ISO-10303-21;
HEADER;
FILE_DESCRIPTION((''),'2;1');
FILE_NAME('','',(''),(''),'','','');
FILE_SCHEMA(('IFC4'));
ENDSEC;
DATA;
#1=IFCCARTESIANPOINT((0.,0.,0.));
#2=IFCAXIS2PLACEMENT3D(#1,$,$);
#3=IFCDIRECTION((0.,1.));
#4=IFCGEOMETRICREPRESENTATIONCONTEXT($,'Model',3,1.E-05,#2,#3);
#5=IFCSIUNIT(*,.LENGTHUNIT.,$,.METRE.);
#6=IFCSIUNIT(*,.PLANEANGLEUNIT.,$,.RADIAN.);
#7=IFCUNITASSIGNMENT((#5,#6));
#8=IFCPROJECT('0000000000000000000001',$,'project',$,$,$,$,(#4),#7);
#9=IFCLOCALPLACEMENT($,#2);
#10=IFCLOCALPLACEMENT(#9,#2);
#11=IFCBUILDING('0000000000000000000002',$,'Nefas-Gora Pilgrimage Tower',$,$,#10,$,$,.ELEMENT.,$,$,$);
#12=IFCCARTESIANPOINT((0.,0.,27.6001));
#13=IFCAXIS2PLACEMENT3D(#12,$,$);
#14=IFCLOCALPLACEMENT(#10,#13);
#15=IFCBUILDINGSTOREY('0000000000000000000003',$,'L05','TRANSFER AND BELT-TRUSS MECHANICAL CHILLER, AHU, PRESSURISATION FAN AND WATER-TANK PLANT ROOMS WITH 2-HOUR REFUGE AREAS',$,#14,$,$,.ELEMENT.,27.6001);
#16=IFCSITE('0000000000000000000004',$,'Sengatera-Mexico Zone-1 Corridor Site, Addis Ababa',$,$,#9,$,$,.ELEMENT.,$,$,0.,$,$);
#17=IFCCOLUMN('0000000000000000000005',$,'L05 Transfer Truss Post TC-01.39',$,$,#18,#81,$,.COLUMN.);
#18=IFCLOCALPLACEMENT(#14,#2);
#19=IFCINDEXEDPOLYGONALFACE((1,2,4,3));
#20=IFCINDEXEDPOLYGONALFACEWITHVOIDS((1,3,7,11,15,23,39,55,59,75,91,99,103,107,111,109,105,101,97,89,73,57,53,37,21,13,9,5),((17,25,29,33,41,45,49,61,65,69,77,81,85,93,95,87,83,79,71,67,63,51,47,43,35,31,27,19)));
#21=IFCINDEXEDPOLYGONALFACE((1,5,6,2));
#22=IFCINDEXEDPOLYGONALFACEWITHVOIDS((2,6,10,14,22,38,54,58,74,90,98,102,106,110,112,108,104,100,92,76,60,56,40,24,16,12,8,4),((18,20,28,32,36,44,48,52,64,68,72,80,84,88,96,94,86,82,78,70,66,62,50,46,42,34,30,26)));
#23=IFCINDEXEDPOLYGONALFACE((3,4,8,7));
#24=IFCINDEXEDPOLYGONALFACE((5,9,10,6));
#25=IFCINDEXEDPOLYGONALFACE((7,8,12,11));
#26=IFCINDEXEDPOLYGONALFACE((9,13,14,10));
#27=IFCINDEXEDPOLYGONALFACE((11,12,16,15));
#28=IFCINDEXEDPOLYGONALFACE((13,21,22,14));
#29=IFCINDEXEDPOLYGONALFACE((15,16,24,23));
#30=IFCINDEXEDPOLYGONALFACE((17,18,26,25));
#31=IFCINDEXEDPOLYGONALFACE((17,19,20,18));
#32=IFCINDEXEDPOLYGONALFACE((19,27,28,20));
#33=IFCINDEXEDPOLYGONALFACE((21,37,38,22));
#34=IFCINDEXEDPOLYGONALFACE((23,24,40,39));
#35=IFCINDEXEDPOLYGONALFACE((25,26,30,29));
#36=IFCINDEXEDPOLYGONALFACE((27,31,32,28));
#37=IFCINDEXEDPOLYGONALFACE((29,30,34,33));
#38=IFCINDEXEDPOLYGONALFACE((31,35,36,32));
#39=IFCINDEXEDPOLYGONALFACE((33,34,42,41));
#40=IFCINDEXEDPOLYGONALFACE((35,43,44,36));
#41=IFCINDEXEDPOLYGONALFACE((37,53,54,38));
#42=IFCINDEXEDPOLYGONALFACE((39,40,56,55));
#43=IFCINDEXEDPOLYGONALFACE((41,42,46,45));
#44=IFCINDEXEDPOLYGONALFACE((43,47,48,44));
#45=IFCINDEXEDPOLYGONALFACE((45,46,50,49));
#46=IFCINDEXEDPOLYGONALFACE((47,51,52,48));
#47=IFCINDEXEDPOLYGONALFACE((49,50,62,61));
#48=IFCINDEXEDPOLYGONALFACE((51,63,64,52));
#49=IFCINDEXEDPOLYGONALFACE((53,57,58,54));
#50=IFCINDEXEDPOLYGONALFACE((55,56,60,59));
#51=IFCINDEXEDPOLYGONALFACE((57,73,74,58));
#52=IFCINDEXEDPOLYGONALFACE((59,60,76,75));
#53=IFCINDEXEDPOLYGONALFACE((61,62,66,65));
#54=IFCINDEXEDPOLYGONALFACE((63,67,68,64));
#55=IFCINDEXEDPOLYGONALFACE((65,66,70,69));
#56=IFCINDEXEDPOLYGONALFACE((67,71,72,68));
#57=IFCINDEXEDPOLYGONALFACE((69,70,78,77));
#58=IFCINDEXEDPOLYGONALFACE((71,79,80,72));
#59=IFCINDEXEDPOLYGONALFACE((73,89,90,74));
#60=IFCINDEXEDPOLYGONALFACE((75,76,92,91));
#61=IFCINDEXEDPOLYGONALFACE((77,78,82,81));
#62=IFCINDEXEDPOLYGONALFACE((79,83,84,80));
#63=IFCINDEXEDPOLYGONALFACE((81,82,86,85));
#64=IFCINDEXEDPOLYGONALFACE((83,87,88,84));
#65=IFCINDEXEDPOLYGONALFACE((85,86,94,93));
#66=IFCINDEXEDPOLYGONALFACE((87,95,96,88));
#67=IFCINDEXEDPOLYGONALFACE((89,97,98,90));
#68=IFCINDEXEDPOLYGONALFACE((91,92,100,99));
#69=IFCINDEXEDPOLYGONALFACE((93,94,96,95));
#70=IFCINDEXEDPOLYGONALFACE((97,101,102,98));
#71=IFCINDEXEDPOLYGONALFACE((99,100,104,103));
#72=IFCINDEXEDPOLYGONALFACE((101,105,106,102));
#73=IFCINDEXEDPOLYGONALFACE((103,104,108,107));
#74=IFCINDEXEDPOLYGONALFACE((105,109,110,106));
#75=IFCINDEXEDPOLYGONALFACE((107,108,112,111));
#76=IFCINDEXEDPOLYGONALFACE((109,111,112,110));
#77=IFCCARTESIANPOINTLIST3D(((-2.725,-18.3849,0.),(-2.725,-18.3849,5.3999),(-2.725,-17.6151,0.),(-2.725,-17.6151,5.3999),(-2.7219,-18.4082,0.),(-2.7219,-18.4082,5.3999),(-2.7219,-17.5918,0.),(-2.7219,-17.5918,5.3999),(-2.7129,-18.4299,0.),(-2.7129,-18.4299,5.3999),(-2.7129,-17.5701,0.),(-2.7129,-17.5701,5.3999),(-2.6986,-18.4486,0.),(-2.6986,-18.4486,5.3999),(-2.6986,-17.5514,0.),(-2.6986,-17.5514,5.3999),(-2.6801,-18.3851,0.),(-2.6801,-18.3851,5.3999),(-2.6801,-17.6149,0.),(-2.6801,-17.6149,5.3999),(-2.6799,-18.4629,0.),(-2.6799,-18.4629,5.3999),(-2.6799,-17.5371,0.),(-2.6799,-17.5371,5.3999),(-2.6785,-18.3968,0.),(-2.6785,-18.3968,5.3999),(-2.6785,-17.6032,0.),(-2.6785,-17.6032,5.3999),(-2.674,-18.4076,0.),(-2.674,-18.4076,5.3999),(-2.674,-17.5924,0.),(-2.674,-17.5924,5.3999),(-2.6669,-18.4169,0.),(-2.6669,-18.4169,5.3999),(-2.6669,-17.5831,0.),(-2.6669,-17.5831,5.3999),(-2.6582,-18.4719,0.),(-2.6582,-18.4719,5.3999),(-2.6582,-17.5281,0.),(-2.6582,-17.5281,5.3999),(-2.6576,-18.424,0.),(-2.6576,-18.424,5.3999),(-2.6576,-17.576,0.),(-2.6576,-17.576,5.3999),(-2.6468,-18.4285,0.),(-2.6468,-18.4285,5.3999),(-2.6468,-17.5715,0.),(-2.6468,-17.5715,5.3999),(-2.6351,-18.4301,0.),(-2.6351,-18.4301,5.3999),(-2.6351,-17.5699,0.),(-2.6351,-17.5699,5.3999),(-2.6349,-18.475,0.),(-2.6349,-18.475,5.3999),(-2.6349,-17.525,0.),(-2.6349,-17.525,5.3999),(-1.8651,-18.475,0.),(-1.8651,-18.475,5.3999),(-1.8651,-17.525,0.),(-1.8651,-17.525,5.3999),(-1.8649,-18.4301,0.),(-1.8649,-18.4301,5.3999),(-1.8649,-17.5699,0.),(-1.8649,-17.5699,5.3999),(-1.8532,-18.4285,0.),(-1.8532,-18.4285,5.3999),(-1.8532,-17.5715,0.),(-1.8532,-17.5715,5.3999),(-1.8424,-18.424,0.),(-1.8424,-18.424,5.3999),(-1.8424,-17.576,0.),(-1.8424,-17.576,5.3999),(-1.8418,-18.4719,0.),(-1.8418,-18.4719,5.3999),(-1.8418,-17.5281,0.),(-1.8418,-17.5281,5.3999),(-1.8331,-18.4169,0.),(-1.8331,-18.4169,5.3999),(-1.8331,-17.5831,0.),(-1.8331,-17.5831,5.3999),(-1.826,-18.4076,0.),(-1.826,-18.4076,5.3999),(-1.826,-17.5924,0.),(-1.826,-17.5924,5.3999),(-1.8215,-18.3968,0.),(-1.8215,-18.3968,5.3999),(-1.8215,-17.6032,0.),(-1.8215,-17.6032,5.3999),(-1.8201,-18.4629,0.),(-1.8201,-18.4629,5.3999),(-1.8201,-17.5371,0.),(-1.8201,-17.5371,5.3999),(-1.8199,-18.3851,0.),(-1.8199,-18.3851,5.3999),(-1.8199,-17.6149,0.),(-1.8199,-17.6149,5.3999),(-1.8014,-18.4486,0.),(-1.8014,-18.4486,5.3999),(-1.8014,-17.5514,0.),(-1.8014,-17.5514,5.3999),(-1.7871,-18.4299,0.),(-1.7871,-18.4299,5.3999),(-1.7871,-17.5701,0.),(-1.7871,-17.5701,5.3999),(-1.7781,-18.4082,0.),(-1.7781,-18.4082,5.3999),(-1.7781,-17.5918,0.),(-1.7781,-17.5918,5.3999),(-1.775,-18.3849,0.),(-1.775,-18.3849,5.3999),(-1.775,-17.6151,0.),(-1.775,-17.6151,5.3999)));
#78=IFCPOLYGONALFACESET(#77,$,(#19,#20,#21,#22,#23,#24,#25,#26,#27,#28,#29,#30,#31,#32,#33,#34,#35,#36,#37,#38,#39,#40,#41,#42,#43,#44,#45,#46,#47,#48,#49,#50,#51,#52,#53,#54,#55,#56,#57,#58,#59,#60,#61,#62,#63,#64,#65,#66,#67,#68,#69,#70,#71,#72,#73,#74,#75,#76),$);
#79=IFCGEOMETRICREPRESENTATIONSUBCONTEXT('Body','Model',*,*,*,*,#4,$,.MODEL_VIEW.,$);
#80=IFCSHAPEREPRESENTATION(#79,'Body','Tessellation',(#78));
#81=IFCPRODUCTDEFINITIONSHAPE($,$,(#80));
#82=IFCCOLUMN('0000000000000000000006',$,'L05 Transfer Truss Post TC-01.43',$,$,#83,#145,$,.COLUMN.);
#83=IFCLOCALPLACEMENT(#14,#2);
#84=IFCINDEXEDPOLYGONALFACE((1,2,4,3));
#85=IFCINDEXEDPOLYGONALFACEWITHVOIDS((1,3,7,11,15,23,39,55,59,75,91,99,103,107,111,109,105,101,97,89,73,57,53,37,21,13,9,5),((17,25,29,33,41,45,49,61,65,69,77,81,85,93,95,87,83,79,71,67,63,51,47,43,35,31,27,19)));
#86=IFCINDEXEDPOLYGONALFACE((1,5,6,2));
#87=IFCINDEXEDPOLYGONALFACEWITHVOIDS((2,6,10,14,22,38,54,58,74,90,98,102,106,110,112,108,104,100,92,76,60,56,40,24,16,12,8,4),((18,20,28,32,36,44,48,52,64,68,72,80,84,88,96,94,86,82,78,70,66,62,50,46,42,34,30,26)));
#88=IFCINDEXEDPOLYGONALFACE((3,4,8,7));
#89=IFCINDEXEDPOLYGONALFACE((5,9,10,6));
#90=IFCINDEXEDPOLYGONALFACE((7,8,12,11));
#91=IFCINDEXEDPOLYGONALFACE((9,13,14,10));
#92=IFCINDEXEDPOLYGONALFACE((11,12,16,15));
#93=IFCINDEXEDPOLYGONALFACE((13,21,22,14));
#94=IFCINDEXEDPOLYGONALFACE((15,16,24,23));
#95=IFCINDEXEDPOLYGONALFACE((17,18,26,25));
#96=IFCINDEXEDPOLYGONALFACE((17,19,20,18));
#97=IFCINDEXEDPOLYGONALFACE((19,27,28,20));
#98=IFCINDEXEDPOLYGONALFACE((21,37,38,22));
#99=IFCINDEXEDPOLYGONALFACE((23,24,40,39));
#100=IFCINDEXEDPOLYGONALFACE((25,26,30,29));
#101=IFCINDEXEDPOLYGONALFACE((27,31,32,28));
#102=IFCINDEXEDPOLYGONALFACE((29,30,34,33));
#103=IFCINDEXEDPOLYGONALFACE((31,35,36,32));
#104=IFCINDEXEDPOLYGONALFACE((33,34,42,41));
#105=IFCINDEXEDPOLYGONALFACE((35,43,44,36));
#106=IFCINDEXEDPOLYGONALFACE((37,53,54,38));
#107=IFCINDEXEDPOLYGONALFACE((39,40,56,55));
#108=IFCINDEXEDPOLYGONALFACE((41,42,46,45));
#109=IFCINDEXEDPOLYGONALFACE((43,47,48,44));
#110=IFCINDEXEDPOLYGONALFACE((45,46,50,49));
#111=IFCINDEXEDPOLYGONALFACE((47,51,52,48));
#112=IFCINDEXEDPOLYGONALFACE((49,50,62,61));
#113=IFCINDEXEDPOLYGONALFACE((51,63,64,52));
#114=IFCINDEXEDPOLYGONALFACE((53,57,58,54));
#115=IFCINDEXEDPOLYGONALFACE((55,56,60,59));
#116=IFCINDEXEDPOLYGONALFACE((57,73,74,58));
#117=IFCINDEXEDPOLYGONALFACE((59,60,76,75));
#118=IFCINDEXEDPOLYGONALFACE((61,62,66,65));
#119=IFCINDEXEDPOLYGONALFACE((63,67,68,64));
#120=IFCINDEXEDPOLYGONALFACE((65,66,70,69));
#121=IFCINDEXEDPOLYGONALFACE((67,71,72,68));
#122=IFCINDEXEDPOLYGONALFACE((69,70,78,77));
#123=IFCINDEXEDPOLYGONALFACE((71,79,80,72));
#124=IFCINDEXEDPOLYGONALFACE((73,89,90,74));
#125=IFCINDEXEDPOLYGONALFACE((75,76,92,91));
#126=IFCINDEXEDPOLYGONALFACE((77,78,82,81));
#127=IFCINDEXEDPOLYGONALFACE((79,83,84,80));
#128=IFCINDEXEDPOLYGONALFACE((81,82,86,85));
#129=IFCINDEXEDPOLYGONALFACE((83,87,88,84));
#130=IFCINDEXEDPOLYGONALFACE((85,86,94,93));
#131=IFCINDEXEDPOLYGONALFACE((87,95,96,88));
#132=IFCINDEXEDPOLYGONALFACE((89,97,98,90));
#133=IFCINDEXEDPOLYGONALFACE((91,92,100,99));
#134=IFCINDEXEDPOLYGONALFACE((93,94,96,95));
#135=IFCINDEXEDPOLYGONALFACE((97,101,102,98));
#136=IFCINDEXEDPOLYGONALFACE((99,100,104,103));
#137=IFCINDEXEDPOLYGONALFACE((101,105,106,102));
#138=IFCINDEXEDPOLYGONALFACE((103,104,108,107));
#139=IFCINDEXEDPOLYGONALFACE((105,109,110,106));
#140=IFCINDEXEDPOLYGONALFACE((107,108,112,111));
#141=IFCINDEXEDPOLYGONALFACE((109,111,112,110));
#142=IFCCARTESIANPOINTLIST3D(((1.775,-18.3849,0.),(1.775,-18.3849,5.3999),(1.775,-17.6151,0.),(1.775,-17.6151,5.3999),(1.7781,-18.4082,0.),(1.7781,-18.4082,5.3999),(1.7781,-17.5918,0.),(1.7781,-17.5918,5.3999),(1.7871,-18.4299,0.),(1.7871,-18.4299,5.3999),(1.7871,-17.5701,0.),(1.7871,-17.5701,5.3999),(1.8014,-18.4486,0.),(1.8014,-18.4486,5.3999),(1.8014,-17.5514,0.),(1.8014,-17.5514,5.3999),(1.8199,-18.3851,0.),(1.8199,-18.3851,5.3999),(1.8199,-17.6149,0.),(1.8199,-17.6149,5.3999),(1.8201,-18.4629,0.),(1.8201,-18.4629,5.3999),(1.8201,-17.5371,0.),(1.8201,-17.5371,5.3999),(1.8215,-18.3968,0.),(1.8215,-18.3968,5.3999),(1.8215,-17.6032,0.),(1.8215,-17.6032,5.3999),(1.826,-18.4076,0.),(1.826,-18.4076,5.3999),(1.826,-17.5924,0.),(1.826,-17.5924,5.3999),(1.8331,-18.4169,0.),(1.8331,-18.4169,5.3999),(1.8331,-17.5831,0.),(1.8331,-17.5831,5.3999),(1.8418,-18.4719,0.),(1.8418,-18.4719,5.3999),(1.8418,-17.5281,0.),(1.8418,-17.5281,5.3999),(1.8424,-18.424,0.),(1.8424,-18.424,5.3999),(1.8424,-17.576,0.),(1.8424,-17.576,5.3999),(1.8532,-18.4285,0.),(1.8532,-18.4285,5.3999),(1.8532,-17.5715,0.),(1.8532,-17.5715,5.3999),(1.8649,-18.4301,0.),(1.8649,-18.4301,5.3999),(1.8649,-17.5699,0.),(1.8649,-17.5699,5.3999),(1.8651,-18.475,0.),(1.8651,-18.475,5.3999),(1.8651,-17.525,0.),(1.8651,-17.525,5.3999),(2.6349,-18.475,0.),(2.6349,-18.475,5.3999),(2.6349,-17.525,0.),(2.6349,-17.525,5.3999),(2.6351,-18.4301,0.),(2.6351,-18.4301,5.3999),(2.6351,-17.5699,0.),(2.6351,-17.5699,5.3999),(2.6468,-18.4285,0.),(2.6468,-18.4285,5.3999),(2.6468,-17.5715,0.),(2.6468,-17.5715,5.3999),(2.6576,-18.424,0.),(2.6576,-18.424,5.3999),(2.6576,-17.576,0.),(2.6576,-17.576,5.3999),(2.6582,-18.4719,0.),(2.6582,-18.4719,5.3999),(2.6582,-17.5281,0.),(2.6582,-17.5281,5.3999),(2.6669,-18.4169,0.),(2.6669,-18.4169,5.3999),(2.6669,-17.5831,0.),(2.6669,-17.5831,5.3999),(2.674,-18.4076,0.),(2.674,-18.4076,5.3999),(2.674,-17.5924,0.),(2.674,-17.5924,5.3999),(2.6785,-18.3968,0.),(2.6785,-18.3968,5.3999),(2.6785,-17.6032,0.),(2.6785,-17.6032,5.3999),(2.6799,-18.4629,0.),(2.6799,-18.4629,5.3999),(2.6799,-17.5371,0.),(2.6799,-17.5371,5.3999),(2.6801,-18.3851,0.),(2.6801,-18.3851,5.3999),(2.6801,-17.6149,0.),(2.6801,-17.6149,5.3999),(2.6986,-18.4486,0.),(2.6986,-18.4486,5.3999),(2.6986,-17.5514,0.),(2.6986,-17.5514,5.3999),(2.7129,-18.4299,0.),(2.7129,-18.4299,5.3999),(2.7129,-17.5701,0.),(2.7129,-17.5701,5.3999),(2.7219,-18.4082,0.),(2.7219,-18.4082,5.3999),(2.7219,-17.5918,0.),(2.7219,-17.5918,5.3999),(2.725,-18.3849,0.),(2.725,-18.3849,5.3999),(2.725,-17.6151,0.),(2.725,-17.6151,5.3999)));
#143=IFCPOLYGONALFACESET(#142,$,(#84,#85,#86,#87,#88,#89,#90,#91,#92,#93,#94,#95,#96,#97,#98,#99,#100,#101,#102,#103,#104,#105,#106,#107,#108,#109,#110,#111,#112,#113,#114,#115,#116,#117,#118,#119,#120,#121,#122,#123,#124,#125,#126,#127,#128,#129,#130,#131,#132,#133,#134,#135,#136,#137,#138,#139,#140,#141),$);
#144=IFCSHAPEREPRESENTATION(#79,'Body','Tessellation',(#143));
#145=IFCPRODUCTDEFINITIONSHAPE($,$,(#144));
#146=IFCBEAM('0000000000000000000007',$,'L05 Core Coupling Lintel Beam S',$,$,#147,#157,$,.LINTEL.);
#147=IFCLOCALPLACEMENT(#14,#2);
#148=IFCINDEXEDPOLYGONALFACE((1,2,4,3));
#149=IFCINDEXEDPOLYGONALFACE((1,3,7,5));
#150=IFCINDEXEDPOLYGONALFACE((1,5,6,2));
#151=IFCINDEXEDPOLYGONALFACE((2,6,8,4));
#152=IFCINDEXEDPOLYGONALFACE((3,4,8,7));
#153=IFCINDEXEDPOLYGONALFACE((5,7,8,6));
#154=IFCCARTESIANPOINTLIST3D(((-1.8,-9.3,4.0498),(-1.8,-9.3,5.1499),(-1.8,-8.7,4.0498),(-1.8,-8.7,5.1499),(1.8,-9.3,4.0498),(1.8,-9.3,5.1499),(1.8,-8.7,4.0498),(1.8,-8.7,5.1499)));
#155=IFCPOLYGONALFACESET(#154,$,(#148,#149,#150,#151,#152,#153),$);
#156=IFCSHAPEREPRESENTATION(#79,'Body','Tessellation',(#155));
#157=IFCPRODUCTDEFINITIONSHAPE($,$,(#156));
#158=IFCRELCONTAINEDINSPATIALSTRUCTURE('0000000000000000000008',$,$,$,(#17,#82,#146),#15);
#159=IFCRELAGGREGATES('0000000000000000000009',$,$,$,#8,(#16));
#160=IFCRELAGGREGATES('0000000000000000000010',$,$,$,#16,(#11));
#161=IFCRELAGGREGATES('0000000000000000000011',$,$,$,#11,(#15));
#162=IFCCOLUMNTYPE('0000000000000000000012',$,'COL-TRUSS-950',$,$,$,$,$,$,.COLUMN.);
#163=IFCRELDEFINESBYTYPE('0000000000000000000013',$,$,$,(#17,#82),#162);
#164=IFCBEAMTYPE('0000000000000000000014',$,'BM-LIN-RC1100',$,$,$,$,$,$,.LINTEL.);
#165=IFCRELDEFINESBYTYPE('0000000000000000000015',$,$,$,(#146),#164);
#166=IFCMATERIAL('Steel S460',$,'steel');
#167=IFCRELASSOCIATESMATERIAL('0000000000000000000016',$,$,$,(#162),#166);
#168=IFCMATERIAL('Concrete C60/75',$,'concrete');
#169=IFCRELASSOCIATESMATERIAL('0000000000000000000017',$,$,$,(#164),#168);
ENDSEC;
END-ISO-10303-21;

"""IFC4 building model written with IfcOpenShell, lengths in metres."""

from ifc_helpers import new_model, si_unit, direction, frame, origin, origin_2d, place, context, subcontext, project, spatial, rectangle, hollow_rectangle, extrude, source, transform, mapped, material, material_profile, profile_set, type_object, element, save


model = new_model("IFC4")

# Units and contexts
model_context = context("Model", 3, precision=1e-05, world=origin(), true_north=direction((0.0, 1.0)))
body_context = subcontext(model_context, "Body", "Model", "MODEL_VIEW")
ifc_project = project(units=[si_unit("LENGTHUNIT", "METRE"), si_unit("PLANEANGLEUNIT", "RADIAN")], contexts=[model_context])

# Site, building, storey
site_placement = place(None, origin())
site = spatial("IfcSite", under=ifc_project, at=site_placement, Name="Sengatera-Mexico Zone-1 Corridor Site, Addis Ababa", CompositionType="ELEMENT", RefElevation=0.0)
building_placement = place(site_placement, origin())
building = spatial("IfcBuilding", under=site, at=building_placement, Name="Nefas-Gora Pilgrimage Tower", CompositionType="ELEMENT")
storey_placement = place(building_placement, frame((0.0, 0.0, 27.6001)))
storey = spatial("IfcBuildingStorey", under=building, at=storey_placement, Name="L05", Description="TRANSFER AND BELT-TRUSS MECHANICAL CHILLER, AHU, PRESSURISATION FAN AND WATER-TANK PLANT ROOMS WITH 2-HOUR REFUGE AREAS", CompositionType="ELEMENT", Elevation=27.6001)

# Columns
ifc_material_1 = material(Name="Steel S460", Category="steel")
ifc_material_profile_1 = material_profile(ifc_material_1, hollow_rectangle(XDim=0.95, YDim=0.95, WallThickness=0.0449, InnerFilletRadius=0.0449, OuterFilletRadius=0.0901, at=origin_2d()), Name="BOX 950x950x45")
ifc_profile_set_1 = profile_set([ifc_material_profile_1], Name="Steel S460")
column_type = type_object("IfcColumnType", Name="COL-TRUSS-950", PredefinedType="COLUMN", material=ifc_profile_set_1)
shared_shape_1 = source(origin(), body_context, "Body", "SweptSolid", [
    extrude(hollow_rectangle(XDim=0.95, YDim=0.95, WallThickness=0.0449, InnerFilletRadius=0.0449, OuterFilletRadius=0.0901, at=origin_2d()), origin(), (0.0, 0.0, 1.0), 5.3999),
])
for number, where, z_axis, x_axis, name in (
    (1, (-2.25, -18.0, 0.0), (0.0, 0.0, 1.0), (1.0, 0.0, 0.0), "L05 Transfer Truss Post TC-01.39"),
    (2, (2.25, -18.0, 0.0), (0.0, 0.0, 1.0), (1.0, 0.0, 0.0), "L05 Transfer Truss Post TC-01.43"),
):
    element("IfcColumn", number, at=place(storey_placement, frame(where, z_axis=z_axis, x_axis=x_axis)), inside=storey, type_object=column_type, Name=name, PredefinedType="COLUMN", context=body_context, shape_type="MappedRepresentation", body=[
        mapped(shared_shape_1, transform((0.0, 0.0, 0.0), x_axis=(1.0, 0.0, 0.0), y_axis=(0.0, 1.0, 0.0), z_axis=(0.0, 0.0, 1.0), scale=1.0)),
    ])

# Beam
ifc_material_2 = material(Name="Concrete C60/75", Category="concrete")
ifc_material_profile_2 = material_profile(ifc_material_2, rectangle(XDim=0.6001, YDim=1.1001, at=origin_2d()), Name="RC 600x1100")
ifc_profile_set_2 = profile_set([ifc_material_profile_2], Name="Concrete C60/75")
beam_type_1 = type_object("IfcBeamType", Name="BM-LIN-RC1100", PredefinedType="LINTEL", material=ifc_profile_set_2)
shared_shape_2 = source(origin(), body_context, "Body", "SweptSolid", [
    extrude(rectangle(XDim=0.6001, YDim=1.1001, at=origin_2d()), origin(), (0.0, 0.0, 1.0), 3.6001),
])
beam_placement = place(storey_placement, frame((-1.8, -9.0, 4.5999), z_axis=(1.0, 0.0, 0.0), x_axis=(0.0, 1.0, 0.0)))
element("IfcBeam", 3, at=beam_placement, inside=storey, type_object=beam_type_1, Name="L05 Core Coupling Lintel Beam S", PredefinedType="LINTEL", context=body_context, shape_type="MappedRepresentation", body=[
    mapped(shared_shape_2, transform((0.0, 0.0, 0.0), x_axis=(1.0, 0.0, 0.0), y_axis=(0.0, 1.0, 0.0), z_axis=(0.0, 0.0, 1.0), scale=1.0)),
])

save(model, "model.ifc")
